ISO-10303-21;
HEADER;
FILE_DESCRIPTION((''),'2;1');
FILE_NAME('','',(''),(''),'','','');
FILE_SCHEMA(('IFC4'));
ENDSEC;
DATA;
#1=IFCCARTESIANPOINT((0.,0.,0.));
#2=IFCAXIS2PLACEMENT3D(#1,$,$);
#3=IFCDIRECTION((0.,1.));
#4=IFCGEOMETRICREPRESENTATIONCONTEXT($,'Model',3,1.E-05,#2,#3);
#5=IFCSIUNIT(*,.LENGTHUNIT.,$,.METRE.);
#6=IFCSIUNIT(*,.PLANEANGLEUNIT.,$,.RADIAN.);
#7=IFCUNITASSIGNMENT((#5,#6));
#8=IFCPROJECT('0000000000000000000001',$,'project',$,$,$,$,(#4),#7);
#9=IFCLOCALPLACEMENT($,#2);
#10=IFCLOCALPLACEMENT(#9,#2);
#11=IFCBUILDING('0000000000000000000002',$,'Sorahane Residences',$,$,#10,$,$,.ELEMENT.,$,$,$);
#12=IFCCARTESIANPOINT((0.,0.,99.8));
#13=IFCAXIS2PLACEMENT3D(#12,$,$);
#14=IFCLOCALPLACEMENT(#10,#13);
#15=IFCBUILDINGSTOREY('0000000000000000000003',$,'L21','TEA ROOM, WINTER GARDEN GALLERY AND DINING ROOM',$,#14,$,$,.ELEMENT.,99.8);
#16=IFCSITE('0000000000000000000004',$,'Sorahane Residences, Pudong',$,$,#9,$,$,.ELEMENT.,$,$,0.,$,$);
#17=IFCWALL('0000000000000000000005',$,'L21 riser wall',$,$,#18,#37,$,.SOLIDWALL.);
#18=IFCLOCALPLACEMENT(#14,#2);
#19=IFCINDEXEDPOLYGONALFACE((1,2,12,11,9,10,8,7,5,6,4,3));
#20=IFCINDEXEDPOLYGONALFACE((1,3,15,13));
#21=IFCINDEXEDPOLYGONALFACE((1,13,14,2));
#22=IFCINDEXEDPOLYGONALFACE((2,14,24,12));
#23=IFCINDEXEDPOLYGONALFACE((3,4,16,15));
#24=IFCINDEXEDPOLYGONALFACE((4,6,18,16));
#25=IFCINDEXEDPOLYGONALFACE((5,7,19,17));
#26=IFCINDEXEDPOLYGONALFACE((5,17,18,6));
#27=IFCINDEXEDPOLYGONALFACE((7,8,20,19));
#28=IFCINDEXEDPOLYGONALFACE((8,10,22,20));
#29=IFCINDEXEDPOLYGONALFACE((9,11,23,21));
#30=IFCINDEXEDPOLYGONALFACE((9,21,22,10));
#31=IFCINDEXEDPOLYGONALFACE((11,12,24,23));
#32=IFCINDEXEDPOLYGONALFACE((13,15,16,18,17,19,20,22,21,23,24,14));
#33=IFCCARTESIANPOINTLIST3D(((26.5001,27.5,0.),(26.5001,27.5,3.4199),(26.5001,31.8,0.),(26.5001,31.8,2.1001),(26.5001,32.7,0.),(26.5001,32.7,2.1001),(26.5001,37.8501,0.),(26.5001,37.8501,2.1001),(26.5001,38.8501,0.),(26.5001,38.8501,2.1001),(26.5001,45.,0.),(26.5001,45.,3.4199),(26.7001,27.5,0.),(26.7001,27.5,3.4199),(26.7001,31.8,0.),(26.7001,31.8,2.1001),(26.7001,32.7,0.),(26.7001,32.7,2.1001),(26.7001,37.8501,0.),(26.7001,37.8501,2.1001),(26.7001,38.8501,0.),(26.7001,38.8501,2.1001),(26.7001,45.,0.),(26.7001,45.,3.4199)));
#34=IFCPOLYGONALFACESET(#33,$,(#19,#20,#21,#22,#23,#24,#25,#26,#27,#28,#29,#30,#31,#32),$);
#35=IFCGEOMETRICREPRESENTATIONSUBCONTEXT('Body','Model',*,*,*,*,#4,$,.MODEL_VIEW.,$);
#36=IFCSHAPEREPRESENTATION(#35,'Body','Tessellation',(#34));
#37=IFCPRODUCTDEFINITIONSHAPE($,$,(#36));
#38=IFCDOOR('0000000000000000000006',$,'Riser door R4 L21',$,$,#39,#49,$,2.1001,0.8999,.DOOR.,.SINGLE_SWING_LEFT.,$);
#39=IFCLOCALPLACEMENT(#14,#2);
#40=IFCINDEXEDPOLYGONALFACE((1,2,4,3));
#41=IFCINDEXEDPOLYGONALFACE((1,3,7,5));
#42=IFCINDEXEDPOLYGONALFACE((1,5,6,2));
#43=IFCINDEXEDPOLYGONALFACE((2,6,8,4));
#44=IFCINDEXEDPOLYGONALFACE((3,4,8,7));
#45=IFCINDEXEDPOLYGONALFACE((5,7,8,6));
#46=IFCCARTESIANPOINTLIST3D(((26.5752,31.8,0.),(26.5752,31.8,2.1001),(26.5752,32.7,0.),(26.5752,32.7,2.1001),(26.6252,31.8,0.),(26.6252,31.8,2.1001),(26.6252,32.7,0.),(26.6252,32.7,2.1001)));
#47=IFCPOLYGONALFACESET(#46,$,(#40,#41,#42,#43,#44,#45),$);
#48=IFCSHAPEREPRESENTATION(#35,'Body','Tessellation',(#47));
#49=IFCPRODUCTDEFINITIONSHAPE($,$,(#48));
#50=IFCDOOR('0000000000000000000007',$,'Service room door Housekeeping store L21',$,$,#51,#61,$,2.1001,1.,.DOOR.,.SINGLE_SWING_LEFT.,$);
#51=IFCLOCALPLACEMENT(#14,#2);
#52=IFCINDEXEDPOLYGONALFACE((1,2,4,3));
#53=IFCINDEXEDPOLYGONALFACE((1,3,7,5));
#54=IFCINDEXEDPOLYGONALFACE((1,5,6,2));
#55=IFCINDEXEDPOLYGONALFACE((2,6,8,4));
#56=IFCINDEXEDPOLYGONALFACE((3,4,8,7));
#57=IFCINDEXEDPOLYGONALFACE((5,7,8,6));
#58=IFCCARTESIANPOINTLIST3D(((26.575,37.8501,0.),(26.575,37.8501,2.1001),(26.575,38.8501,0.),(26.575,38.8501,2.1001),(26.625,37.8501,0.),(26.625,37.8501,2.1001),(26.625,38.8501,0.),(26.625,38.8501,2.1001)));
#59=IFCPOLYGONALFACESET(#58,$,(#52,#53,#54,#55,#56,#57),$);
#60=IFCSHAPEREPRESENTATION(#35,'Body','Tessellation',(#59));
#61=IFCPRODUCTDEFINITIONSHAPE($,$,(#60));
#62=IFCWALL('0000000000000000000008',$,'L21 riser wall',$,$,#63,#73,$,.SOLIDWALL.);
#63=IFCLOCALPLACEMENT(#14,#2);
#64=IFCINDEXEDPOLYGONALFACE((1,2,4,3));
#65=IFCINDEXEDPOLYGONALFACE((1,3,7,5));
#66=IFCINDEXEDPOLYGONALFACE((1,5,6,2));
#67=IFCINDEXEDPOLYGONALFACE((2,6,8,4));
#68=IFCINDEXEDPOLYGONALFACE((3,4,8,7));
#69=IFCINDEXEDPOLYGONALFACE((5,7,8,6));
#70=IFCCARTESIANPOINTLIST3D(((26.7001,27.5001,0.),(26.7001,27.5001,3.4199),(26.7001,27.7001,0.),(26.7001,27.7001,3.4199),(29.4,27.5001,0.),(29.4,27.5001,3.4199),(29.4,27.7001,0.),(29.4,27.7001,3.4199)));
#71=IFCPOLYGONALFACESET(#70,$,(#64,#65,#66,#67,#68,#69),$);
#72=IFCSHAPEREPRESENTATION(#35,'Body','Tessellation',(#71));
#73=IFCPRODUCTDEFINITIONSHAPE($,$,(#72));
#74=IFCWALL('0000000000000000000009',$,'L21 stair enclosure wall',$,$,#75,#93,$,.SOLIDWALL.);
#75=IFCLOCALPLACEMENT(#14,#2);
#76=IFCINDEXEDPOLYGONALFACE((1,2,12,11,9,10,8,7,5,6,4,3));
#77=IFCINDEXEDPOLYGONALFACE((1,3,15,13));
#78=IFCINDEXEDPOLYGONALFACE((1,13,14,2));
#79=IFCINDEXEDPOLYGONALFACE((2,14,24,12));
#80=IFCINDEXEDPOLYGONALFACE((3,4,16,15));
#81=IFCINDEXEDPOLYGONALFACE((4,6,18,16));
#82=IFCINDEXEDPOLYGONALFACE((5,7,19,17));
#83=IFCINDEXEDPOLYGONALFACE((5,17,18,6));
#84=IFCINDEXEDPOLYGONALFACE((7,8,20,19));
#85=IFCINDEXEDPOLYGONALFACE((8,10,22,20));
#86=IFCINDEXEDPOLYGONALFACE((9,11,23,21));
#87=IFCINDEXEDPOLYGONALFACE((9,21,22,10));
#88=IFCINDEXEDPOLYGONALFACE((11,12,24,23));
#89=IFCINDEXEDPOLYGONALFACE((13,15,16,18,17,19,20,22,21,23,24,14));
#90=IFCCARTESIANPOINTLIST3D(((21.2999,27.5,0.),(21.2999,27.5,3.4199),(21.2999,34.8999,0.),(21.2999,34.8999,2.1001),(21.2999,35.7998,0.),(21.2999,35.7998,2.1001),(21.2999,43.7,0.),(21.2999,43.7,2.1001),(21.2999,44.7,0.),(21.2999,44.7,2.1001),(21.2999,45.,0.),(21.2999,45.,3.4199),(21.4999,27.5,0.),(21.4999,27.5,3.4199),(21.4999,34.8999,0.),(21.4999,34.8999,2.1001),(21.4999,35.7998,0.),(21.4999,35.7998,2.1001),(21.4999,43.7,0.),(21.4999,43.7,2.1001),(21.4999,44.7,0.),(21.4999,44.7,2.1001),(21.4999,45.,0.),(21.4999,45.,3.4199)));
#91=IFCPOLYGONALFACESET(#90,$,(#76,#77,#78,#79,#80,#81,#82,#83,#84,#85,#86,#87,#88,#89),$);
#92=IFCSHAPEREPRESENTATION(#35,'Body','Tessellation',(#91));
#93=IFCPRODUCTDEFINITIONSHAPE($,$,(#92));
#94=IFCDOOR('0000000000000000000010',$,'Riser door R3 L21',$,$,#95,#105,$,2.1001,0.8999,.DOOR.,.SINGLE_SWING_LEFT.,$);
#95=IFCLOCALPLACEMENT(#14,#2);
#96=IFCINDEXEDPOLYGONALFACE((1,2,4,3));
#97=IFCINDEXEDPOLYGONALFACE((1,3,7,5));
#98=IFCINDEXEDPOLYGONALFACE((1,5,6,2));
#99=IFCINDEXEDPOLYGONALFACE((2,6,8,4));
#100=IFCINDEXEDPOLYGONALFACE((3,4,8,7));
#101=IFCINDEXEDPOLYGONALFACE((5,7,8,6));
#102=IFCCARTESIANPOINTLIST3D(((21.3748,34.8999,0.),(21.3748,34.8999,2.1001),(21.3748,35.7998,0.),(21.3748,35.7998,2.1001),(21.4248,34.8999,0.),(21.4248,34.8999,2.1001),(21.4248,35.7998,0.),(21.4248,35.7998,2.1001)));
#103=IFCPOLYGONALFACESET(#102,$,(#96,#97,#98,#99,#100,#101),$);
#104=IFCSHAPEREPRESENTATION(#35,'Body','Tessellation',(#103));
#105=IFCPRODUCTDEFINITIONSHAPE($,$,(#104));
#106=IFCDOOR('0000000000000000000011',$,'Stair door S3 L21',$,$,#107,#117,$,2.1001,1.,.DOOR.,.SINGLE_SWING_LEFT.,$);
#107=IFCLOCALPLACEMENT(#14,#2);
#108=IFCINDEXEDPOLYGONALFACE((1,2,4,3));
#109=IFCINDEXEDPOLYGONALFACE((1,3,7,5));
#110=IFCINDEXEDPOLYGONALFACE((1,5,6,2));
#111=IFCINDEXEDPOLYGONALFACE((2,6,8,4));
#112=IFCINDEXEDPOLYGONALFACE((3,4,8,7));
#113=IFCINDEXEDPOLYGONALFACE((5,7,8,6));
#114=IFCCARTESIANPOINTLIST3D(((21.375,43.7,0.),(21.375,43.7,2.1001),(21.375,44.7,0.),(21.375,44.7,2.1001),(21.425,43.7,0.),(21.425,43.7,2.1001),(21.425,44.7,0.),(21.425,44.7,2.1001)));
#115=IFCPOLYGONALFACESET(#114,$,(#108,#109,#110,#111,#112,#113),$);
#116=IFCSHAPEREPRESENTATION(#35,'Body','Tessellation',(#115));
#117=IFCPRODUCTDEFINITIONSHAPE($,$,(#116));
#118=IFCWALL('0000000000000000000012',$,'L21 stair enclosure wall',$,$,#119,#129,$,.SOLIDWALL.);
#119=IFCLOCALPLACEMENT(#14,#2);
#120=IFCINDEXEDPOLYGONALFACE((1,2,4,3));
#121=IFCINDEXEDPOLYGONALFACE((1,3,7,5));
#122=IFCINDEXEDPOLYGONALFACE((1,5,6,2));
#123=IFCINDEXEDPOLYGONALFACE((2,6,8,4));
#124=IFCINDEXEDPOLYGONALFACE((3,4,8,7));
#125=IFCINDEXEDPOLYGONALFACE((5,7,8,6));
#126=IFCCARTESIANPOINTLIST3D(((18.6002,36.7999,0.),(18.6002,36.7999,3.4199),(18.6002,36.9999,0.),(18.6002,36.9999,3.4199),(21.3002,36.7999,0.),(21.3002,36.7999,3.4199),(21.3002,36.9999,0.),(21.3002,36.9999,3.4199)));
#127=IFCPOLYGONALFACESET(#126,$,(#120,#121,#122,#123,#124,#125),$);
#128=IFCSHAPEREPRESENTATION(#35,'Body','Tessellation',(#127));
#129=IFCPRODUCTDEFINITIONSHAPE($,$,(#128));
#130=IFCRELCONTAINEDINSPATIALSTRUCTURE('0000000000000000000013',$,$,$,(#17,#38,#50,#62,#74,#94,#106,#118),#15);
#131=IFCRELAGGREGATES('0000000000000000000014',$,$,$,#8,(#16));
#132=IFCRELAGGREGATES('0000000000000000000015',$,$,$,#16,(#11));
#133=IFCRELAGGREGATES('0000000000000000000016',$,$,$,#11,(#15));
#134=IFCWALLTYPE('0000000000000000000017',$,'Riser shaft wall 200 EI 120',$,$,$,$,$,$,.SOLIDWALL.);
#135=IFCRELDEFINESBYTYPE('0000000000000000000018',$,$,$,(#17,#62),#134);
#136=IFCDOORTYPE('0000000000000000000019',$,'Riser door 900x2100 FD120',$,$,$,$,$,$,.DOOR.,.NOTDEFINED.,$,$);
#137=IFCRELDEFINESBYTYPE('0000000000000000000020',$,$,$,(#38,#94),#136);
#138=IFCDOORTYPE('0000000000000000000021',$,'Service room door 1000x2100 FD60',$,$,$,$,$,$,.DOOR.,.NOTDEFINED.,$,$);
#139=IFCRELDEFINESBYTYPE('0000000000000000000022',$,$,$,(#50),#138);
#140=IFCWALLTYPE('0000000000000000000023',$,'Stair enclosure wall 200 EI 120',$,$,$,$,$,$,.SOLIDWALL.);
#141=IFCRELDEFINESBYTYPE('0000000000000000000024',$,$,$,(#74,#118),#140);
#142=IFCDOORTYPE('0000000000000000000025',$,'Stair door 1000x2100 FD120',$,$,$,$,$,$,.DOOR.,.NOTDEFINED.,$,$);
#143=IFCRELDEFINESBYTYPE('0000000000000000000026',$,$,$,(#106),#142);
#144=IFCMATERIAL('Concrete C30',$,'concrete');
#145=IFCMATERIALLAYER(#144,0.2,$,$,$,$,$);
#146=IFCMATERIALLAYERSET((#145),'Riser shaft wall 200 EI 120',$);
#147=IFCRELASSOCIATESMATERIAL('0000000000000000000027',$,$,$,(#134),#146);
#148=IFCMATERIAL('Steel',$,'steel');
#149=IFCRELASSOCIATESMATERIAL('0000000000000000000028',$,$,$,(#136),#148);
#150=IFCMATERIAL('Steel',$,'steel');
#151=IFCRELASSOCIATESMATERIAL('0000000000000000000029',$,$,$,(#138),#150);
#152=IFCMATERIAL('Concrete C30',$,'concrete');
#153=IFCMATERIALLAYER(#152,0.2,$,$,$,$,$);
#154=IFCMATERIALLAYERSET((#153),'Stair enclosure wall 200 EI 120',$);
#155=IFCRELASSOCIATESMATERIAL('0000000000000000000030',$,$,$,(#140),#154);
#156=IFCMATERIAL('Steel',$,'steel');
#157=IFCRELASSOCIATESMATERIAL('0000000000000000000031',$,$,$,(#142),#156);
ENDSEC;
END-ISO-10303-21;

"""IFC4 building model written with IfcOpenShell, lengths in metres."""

from ifc_helpers import new_model, si_unit, direction, frame, frame_2d, origin, place, context, subcontext, project, spatial, rectangle, extrude, material, layer, layer_set, type_object, element, fill, save


model = new_model("IFC4")

# Units and contexts
model_context = context("Model", 3, precision=1e-05, world=origin(), true_north=direction((0.0, 1.0)))
body_context = subcontext(model_context, "Body", "Model", "MODEL_VIEW")
ifc_project = project(units=[si_unit("LENGTHUNIT", "METRE"), si_unit("PLANEANGLEUNIT", "RADIAN")], contexts=[model_context])

# Site, building, storey
site_placement = place(None, origin())
site = spatial("IfcSite", under=ifc_project, at=site_placement, Name="Sorahane Residences, Pudong", CompositionType="ELEMENT", RefElevation=0.0)
building_placement = place(site_placement, origin())
building = spatial("IfcBuilding", under=site, at=building_placement, Name="Sorahane Residences", CompositionType="ELEMENT")
storey_placement = place(building_placement, frame((0.0, 0.0, 99.8)))
storey = spatial("IfcBuildingStorey", under=building, at=storey_placement, Name="L21", Description="TEA ROOM, WINTER GARDEN GALLERY AND DINING ROOM", CompositionType="ELEMENT", Elevation=99.8)

# Wall, openings, doors
ifc_material_1 = material(Name="Concrete C30", Category="concrete")
ifc_layer_1 = layer(ifc_material_1, 0.2)
ifc_layer_set_1 = layer_set([ifc_layer_1], Name="Riser shaft wall 200 EI 120")
wall_type_1 = type_object("IfcWallType", Name="Riser shaft wall 200 EI 120", PredefinedType="SOLIDWALL", material=ifc_layer_set_1)
wall_1_placement = place(storey_placement, frame((26.6001, 27.5, 0.0), z_axis=(0.0, 0.0, 1.0), x_axis=(0.0, 1.0, 0.0)))
wall_1 = element("IfcWall", 1, at=wall_1_placement, inside=storey, type_object=wall_type_1, Name="L21 riser wall", PredefinedType="SOLIDWALL", context=body_context, shape_type="SweptSolid", body=[
    extrude(rectangle(XDim=17.5, YDim=0.2, at=frame_2d((8.75, 0.0))), origin(), (0.0, 0.0, 1.0), 3.4199),
])
opening_1_placement = place(wall_1_placement, frame((4.3, 0.0, 0.0)))
opening_1 = element("IfcOpeningElement", 2, at=opening_1_placement, cuts=wall_1, PredefinedType="OPENING", context=body_context, shape_type="SweptSolid", body=[
    extrude(rectangle(XDim=0.8999, YDim=2.1001, at=frame_2d((0.45, 1.05))), frame((0.0, 0.1099, 0.0), z_axis=(0.0, -1.0, 0.0), x_axis=(1.0, 0.0, 0.0)), (0.0, 0.0, 1.0), 0.22),
])
opening_2_placement = place(wall_1_placement, frame((10.3501, 0.0, 0.0)))
opening_2 = element("IfcOpeningElement", 3, at=opening_2_placement, cuts=wall_1, PredefinedType="OPENING", context=body_context, shape_type="SweptSolid", body=[
    extrude(rectangle(XDim=1.0, YDim=2.1001, at=frame_2d((0.5, 1.05))), frame((0.0, 0.1099, 0.0), z_axis=(0.0, -1.0, 0.0), x_axis=(1.0, 0.0, 0.0)), (0.0, 0.0, 1.0), 0.22),
])
ifc_material_2 = material(Name="Steel", Category="steel")
door_type_1 = type_object("IfcDoorType", Name="Riser door 900x2100 FD120", OperationType="NOTDEFINED", PredefinedType="DOOR", material=ifc_material_2)
door_1_placement = place(opening_1_placement, origin())
door_1 = element("IfcDoor", 4, at=door_1_placement, inside=storey, type_object=door_type_1, Name="Riser door R4 L21", OperationType="SINGLE_SWING_LEFT", OverallHeight=2.1001, OverallWidth=0.8999, PredefinedType="DOOR", context=body_context, shape_type="SweptSolid", body=[
    extrude(rectangle(XDim=0.8999, YDim=2.1001, at=frame_2d((0.45, 1.05))), frame((0.0, 0.0249, 0.0), z_axis=(0.0, -1.0, 0.0), x_axis=(1.0, 0.0, 0.0)), (0.0, 0.0, 1.0), 0.05),
])
fill(opening_1, door_1)
ifc_material_3 = material(Name="Steel", Category="steel")
door_type_2 = type_object("IfcDoorType", Name="Service room door 1000x2100 FD60", OperationType="NOTDEFINED", PredefinedType="DOOR", material=ifc_material_3)
door_2_placement = place(opening_2_placement, frame((1.0, 0.0, 0.0), z_axis=(0.0, 0.0, 1.0), x_axis=(-1.0, 0.0, 0.0)))
door_2 = element("IfcDoor", 5, at=door_2_placement, inside=storey, type_object=door_type_2, Name="Service room door Housekeeping store L21", OperationType="SINGLE_SWING_LEFT", OverallHeight=2.1001, OverallWidth=1.0, PredefinedType="DOOR", context=body_context, shape_type="SweptSolid", body=[
    extrude(rectangle(XDim=1.0, YDim=2.1001, at=frame_2d((0.5, 1.05))), frame((0.0, 0.0249, 0.0), z_axis=(0.0, -1.0, 0.0), x_axis=(1.0, 0.0, 0.0)), (0.0, 0.0, 1.0), 0.05),
])
fill(opening_2, door_2)

# Wall
wall_2_placement = place(storey_placement, frame((26.7, 27.6001, 0.0), z_axis=(0.0, 0.0, 1.0), x_axis=(1.0, 0.0, 0.0)))
element("IfcWall", 6, at=wall_2_placement, inside=storey, type_object=wall_type_1, Name="L21 riser wall", PredefinedType="SOLIDWALL", context=body_context, shape_type="SweptSolid", body=[
    extrude(rectangle(XDim=2.7, YDim=0.2, at=frame_2d((1.3501, 0.0))), origin(), (0.0, 0.0, 1.0), 3.4199),
])

# Wall, openings, doors
ifc_material_4 = material(Name="Concrete C30", Category="concrete")
ifc_layer_2 = layer(ifc_material_4, 0.2)
ifc_layer_set_2 = layer_set([ifc_layer_2], Name="Stair enclosure wall 200 EI 120")
wall_type_2 = type_object("IfcWallType", Name="Stair enclosure wall 200 EI 120", PredefinedType="SOLIDWALL", material=ifc_layer_set_2)
wall_3_placement = place(storey_placement, frame((21.3999, 27.5, 0.0), z_axis=(0.0, 0.0, 1.0), x_axis=(0.0, 1.0, 0.0)))
wall_3 = element("IfcWall", 7, at=wall_3_placement, inside=storey, type_object=wall_type_2, Name="L21 stair enclosure wall", PredefinedType="SOLIDWALL", context=body_context, shape_type="SweptSolid", body=[
    extrude(rectangle(XDim=17.5, YDim=0.2, at=frame_2d((8.75, 0.0))), origin(), (0.0, 0.0, 1.0), 3.4199),
])
opening_3_placement = place(wall_3_placement, frame((16.2, 0.0, 0.0)))
opening_3 = element("IfcOpeningElement", 8, at=opening_3_placement, cuts=wall_3, PredefinedType="OPENING", context=body_context, shape_type="SweptSolid", body=[
    extrude(rectangle(XDim=1.0, YDim=2.1001, at=frame_2d((0.5, 1.05))), frame((0.0, 0.1099, 0.0), z_axis=(0.0, -1.0, 0.0), x_axis=(1.0, 0.0, 0.0)), (0.0, 0.0, 1.0), 0.22),
])
opening_4_placement = place(wall_3_placement, frame((7.3999, 0.0, 0.0)))
opening_4 = element("IfcOpeningElement", 9, at=opening_4_placement, cuts=wall_3, PredefinedType="OPENING", context=body_context, shape_type="SweptSolid", body=[
    extrude(rectangle(XDim=0.8999, YDim=2.1001, at=frame_2d((0.45, 1.05))), frame((0.0, 0.1099, 0.0), z_axis=(0.0, -1.0, 0.0), x_axis=(1.0, 0.0, 0.0)), (0.0, 0.0, 1.0), 0.22),
])
door_3_placement = place(opening_4_placement, frame((0.8999, 0.0, 0.0), z_axis=(0.0, 0.0, 1.0), x_axis=(-1.0, 0.0, 0.0)))
door_3 = element("IfcDoor", 10, at=door_3_placement, inside=storey, type_object=door_type_1, Name="Riser door R3 L21", OperationType="SINGLE_SWING_LEFT", OverallHeight=2.1001, OverallWidth=0.8999, PredefinedType="DOOR", context=body_context, shape_type="SweptSolid", body=[
    extrude(rectangle(XDim=0.8999, YDim=2.1001, at=frame_2d((0.45, 1.05))), frame((0.0, 0.0249, 0.0), z_axis=(0.0, -1.0, 0.0), x_axis=(1.0, 0.0, 0.0)), (0.0, 0.0, 1.0), 0.05),
])
fill(opening_4, door_3)
ifc_material_5 = material(Name="Steel", Category="steel")
door_type_3 = type_object("IfcDoorType", Name="Stair door 1000x2100 FD120", OperationType="NOTDEFINED", PredefinedType="DOOR", material=ifc_material_5)
door_4_placement = place(opening_3_placement, origin())
door_4 = element("IfcDoor", 11, at=door_4_placement, inside=storey, type_object=door_type_3, Name="Stair door S3 L21", OperationType="SINGLE_SWING_LEFT", OverallHeight=2.1001, OverallWidth=1.0, PredefinedType="DOOR", context=body_context, shape_type="SweptSolid", body=[
    extrude(rectangle(XDim=1.0, YDim=2.1001, at=frame_2d((0.5, 1.05))), frame((0.0, 0.0249, 0.0), z_axis=(0.0, -1.0, 0.0), x_axis=(1.0, 0.0, 0.0)), (0.0, 0.0, 1.0), 0.05),
])
fill(opening_3, door_4)

# Wall
wall_4_placement = place(storey_placement, frame((18.6001, 36.8999, 0.0), z_axis=(0.0, 0.0, 1.0), x_axis=(1.0, 0.0, 0.0)))
element("IfcWall", 12, at=wall_4_placement, inside=storey, type_object=wall_type_2, Name="L21 stair enclosure wall", PredefinedType="SOLIDWALL", context=body_context, shape_type="SweptSolid", body=[
    extrude(rectangle(XDim=2.7, YDim=0.2, at=frame_2d((1.3501, 0.0))), origin(), (0.0, 0.0, 1.0), 3.4199),
])

save(model, "model.ifc")
